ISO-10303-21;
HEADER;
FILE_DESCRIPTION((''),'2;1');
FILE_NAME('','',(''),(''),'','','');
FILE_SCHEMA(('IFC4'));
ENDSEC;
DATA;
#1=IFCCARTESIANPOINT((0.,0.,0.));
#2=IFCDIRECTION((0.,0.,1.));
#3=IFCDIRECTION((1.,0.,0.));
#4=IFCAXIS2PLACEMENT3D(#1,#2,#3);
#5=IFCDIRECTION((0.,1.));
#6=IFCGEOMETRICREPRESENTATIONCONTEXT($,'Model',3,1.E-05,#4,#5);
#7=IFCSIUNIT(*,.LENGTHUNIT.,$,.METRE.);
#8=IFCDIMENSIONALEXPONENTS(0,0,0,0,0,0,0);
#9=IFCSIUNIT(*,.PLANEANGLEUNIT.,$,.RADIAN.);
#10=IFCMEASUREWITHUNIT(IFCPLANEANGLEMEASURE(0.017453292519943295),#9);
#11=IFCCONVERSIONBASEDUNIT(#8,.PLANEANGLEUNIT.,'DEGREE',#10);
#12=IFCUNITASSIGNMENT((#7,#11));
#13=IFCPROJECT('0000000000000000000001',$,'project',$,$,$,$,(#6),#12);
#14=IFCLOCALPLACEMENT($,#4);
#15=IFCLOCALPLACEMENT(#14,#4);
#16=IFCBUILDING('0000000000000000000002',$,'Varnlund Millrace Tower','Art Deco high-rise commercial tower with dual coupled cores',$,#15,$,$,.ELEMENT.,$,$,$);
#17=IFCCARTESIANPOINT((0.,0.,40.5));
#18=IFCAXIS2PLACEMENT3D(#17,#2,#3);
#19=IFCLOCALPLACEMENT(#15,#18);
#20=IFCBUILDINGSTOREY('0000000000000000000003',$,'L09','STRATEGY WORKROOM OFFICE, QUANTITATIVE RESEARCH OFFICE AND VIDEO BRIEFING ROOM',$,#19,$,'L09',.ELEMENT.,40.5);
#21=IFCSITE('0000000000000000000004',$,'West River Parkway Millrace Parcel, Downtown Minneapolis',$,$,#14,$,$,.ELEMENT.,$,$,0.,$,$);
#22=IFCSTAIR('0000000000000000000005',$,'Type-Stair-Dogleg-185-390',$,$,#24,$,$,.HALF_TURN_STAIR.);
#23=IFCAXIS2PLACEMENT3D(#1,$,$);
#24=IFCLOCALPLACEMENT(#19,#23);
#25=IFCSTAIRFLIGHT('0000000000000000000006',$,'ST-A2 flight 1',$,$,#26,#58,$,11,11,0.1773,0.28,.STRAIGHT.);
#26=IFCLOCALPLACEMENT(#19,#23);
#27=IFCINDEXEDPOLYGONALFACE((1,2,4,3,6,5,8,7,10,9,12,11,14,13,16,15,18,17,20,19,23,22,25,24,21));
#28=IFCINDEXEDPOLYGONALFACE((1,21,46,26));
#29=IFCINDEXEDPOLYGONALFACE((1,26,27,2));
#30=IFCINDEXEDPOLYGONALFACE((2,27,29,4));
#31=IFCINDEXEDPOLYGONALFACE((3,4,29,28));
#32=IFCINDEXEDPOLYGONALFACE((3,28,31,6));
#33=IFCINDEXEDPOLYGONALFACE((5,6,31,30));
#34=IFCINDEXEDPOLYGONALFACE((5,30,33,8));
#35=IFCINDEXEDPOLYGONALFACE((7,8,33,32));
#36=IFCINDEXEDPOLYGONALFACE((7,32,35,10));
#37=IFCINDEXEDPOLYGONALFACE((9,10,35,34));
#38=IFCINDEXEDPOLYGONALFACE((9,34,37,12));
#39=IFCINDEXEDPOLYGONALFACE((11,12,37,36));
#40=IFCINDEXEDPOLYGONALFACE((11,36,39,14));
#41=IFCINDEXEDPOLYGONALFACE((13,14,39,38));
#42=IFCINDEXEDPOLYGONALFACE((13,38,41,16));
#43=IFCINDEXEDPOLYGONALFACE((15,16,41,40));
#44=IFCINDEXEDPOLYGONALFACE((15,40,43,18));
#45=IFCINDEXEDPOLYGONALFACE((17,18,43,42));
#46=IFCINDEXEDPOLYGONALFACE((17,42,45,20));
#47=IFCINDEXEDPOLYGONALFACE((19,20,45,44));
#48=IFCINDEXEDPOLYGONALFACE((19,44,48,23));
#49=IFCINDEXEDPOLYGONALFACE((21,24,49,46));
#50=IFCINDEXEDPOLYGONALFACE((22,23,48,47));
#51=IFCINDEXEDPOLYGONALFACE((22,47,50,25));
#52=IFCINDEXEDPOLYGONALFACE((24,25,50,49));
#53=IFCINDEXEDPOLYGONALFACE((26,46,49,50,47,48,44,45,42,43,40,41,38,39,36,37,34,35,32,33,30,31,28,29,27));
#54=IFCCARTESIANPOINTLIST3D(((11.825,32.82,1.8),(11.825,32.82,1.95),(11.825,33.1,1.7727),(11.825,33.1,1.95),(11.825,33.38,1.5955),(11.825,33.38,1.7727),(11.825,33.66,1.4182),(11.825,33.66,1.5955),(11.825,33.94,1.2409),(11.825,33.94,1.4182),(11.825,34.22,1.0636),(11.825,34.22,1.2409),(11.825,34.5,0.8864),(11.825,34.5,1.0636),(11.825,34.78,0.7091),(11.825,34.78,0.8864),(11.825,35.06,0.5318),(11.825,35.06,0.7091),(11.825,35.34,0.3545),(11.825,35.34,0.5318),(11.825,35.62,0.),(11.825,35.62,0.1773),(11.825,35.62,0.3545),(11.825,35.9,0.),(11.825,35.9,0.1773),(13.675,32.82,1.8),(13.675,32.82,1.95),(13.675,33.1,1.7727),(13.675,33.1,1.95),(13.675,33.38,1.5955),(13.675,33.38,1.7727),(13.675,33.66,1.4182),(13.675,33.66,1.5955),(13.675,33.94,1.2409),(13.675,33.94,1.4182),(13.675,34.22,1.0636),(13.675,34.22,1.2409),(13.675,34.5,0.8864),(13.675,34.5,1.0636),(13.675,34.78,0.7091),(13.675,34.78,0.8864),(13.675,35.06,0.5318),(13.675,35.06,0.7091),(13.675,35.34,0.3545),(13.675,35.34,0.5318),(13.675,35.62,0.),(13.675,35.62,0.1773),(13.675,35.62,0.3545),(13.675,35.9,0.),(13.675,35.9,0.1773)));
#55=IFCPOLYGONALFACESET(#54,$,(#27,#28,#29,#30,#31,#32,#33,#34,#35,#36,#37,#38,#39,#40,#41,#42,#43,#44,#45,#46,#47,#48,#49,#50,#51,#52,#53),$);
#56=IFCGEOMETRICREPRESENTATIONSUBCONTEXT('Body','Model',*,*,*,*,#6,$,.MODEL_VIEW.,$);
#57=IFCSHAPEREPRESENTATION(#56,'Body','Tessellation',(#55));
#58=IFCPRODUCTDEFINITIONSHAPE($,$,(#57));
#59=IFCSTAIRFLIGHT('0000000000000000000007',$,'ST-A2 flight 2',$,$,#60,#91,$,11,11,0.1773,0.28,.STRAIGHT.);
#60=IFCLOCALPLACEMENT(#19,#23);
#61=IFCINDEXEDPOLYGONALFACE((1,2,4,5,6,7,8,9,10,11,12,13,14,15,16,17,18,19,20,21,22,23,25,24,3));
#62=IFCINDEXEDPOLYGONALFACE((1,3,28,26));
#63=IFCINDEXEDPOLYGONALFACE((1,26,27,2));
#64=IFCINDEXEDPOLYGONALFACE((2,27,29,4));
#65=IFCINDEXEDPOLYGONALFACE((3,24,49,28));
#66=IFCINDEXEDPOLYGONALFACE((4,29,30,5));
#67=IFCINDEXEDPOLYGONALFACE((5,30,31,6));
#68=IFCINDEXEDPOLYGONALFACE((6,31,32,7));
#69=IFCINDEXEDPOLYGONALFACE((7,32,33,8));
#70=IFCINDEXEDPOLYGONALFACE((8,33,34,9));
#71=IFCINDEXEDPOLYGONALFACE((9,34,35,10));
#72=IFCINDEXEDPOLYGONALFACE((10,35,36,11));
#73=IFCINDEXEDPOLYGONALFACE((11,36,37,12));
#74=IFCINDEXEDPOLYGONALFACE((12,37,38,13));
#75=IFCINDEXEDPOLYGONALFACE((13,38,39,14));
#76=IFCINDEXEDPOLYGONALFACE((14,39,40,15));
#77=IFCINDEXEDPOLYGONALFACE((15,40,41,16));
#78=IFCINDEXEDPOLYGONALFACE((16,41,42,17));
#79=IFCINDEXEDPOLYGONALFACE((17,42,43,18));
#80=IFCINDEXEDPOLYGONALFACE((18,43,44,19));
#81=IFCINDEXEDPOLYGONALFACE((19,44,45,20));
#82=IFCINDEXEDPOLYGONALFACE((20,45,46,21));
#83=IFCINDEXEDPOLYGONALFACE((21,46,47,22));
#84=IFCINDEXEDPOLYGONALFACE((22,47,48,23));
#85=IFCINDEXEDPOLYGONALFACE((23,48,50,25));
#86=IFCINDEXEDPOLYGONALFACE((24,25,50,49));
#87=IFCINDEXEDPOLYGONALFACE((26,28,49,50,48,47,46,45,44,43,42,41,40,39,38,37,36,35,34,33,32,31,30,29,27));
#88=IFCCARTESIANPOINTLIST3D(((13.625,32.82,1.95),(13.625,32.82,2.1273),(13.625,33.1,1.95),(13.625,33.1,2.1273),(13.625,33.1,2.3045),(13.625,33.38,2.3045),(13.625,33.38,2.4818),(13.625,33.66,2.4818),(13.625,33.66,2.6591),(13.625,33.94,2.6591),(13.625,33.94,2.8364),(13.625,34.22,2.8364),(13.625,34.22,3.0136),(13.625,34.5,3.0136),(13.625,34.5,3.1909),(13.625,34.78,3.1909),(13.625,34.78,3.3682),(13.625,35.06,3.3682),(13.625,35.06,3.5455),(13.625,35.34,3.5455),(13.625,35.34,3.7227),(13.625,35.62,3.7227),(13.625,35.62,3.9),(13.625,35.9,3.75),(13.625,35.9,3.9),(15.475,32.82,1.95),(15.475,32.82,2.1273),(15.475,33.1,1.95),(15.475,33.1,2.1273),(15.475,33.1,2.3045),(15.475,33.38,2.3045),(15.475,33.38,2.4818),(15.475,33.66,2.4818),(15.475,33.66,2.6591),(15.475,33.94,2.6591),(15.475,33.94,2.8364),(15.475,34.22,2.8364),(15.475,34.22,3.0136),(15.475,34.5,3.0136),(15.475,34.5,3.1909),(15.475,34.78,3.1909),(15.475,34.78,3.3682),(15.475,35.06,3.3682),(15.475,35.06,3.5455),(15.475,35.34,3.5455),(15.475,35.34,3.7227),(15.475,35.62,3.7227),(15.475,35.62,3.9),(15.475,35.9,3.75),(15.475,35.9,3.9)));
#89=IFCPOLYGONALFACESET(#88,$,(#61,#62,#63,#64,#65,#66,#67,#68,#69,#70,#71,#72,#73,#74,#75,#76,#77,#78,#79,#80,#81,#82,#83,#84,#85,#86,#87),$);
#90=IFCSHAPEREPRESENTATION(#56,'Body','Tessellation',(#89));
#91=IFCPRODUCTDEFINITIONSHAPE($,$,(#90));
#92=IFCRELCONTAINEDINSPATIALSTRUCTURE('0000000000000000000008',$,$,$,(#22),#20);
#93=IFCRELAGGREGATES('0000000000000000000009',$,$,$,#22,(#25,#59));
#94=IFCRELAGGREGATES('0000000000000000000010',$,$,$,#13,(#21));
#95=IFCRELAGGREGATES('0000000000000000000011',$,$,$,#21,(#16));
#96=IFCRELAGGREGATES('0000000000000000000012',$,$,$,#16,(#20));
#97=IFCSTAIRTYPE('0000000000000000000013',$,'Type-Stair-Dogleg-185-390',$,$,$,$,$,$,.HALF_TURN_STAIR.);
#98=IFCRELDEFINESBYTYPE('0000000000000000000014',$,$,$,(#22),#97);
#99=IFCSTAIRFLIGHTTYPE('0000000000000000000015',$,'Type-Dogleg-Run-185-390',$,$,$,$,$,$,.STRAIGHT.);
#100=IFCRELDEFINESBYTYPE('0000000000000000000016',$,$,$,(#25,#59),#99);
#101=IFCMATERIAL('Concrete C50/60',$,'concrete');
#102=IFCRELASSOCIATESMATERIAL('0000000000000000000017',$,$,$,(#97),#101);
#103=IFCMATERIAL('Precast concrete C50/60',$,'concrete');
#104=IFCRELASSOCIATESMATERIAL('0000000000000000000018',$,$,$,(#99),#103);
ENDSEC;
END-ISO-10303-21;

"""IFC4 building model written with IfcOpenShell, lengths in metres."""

from ifc_helpers import new_model, entity, si_unit, converted_unit, direction, frame, origin_with_axes, place, context, subcontext, project, spatial, polyline, outline, extrude, material, type_object, element, aggregate, save


model = new_model("IFC4")

# Units and contexts
model_context = context("Model", 3, precision=1e-05, world=origin_with_axes(), true_north=direction((0.0, 1.0)))
body_context = subcontext(model_context, "Body", "Model", "MODEL_VIEW")
ifc_project = project(units=[si_unit("LENGTHUNIT", "METRE"), converted_unit("PLANEANGLEUNIT", "DEGREE", entity("IfcPlaneAngleMeasure", 0.017453292519943295), si_unit("PLANEANGLEUNIT", "RADIAN"), dimensions=[0, 0, 0, 0, 0, 0, 0])], contexts=[model_context])

# Site, building, storey
site_placement = place(None, origin_with_axes())
site = spatial("IfcSite", under=ifc_project, at=site_placement, Name="West River Parkway Millrace Parcel, Downtown Minneapolis", CompositionType="ELEMENT", RefElevation=0.0)
building_placement = place(site_placement, origin_with_axes())
building = spatial("IfcBuilding", under=site, at=building_placement, Name="Varnlund Millrace Tower", Description="Art Deco high-rise commercial tower with dual coupled cores", CompositionType="ELEMENT")
storey_placement = place(building_placement, frame((0.0, 0.0, 40.5), z_axis=(0.0, 0.0, 1.0), x_axis=(1.0, 0.0, 0.0)))
storey = spatial("IfcBuildingStorey", under=building, at=storey_placement, Name="L09", Description="STRATEGY WORKROOM OFFICE, QUANTITATIVE RESEARCH OFFICE AND VIDEO BRIEFING ROOM", LongName="L09", CompositionType="ELEMENT", Elevation=40.5)

# Stair, stair flights
ifc_material_1 = material(Name="Concrete C50/60", Category="concrete")
stair_type = type_object("IfcStairType", Name="Type-Stair-Dogleg-185-390", PredefinedType="HALF_TURN_STAIR", material=ifc_material_1)
stair_placement = place(storey_placement, origin_with_axes())
stair = element("IfcStair", 1, at=stair_placement, inside=storey, type_object=stair_type, Name="Type-Stair-Dogleg-185-390", PredefinedType="HALF_TURN_STAIR")
ifc_material_2 = material(Name="Precast concrete C50/60", Category="concrete")
stair_flight_type = type_object("IfcStairFlightType", Name="Type-Dogleg-Run-185-390", PredefinedType="STRAIGHT", material=ifc_material_2)
stair_flight_1_placement = place(storey_placement, frame((13.675, 35.9, 0.0), z_axis=(-1.0, 0.0, 0.0), x_axis=(0.0, -1.0, 0.0)))
stair_flight_1 = element("IfcStairFlight", 2, at=stair_flight_1_placement, type_object=stair_flight_type, Name="ST-A2 flight 1", NumberOfRisers=11, NumberOfTreads=11, PredefinedType="STRAIGHT", RiserHeight=0.1773, TreadLength=0.28, context=body_context, shape_type="SweptSolid", body=[
    extrude(outline(polyline([(0.0, 0.0), (0.0, 0.1773), (0.28, 0.1773), (0.28, 0.3545), (0.56, 0.3545), (0.56, 0.5318), (0.84, 0.5318), (0.84, 0.7091), (1.12, 0.7091), (1.12, 0.8864), (1.4, 0.8864), (1.4, 1.0636), (1.68, 1.0636), (1.68, 1.2409), (1.96, 1.2409), (1.96, 1.4182), (2.24, 1.4182), (2.24, 1.5955), (2.52, 1.5955), (2.52, 1.7727), (2.8, 1.7727), (2.8, 1.95), (3.08, 1.95), (3.08, 1.8), (0.28, 0.0), (0.0, 0.0)])), origin_with_axes(), (0.0, 0.0, 1.0), 1.85),
])
stair_flight_2_placement = place(storey_placement, frame((13.625, 32.82, 1.95), z_axis=(1.0, 0.0, 0.0), x_axis=(0.0, 1.0, 0.0)))
stair_flight_2 = element("IfcStairFlight", 3, at=stair_flight_2_placement, type_object=stair_flight_type, Name="ST-A2 flight 2", NumberOfRisers=11, NumberOfTreads=11, PredefinedType="STRAIGHT", RiserHeight=0.1773, TreadLength=0.28, context=body_context, shape_type="SweptSolid", body=[
    extrude(outline(polyline([(0.0, 0.0), (0.0, 0.1773), (0.28, 0.1773), (0.28, 0.3545), (0.56, 0.3545), (0.56, 0.5318), (0.84, 0.5318), (0.84, 0.7091), (1.12, 0.7091), (1.12, 0.8864), (1.4, 0.8864), (1.4, 1.0636), (1.68, 1.0636), (1.68, 1.2409), (1.96, 1.2409), (1.96, 1.4182), (2.24, 1.4182), (2.24, 1.5955), (2.52, 1.5955), (2.52, 1.7727), (2.8, 1.7727), (2.8, 1.95), (3.08, 1.95), (3.08, 1.8), (0.28, 0.0), (0.0, 0.0)])), origin_with_axes(), (0.0, 0.0, 1.0), 1.85),
])
aggregate(stair, [stair_flight_1, stair_flight_2])

save(model, "model.ifc")
